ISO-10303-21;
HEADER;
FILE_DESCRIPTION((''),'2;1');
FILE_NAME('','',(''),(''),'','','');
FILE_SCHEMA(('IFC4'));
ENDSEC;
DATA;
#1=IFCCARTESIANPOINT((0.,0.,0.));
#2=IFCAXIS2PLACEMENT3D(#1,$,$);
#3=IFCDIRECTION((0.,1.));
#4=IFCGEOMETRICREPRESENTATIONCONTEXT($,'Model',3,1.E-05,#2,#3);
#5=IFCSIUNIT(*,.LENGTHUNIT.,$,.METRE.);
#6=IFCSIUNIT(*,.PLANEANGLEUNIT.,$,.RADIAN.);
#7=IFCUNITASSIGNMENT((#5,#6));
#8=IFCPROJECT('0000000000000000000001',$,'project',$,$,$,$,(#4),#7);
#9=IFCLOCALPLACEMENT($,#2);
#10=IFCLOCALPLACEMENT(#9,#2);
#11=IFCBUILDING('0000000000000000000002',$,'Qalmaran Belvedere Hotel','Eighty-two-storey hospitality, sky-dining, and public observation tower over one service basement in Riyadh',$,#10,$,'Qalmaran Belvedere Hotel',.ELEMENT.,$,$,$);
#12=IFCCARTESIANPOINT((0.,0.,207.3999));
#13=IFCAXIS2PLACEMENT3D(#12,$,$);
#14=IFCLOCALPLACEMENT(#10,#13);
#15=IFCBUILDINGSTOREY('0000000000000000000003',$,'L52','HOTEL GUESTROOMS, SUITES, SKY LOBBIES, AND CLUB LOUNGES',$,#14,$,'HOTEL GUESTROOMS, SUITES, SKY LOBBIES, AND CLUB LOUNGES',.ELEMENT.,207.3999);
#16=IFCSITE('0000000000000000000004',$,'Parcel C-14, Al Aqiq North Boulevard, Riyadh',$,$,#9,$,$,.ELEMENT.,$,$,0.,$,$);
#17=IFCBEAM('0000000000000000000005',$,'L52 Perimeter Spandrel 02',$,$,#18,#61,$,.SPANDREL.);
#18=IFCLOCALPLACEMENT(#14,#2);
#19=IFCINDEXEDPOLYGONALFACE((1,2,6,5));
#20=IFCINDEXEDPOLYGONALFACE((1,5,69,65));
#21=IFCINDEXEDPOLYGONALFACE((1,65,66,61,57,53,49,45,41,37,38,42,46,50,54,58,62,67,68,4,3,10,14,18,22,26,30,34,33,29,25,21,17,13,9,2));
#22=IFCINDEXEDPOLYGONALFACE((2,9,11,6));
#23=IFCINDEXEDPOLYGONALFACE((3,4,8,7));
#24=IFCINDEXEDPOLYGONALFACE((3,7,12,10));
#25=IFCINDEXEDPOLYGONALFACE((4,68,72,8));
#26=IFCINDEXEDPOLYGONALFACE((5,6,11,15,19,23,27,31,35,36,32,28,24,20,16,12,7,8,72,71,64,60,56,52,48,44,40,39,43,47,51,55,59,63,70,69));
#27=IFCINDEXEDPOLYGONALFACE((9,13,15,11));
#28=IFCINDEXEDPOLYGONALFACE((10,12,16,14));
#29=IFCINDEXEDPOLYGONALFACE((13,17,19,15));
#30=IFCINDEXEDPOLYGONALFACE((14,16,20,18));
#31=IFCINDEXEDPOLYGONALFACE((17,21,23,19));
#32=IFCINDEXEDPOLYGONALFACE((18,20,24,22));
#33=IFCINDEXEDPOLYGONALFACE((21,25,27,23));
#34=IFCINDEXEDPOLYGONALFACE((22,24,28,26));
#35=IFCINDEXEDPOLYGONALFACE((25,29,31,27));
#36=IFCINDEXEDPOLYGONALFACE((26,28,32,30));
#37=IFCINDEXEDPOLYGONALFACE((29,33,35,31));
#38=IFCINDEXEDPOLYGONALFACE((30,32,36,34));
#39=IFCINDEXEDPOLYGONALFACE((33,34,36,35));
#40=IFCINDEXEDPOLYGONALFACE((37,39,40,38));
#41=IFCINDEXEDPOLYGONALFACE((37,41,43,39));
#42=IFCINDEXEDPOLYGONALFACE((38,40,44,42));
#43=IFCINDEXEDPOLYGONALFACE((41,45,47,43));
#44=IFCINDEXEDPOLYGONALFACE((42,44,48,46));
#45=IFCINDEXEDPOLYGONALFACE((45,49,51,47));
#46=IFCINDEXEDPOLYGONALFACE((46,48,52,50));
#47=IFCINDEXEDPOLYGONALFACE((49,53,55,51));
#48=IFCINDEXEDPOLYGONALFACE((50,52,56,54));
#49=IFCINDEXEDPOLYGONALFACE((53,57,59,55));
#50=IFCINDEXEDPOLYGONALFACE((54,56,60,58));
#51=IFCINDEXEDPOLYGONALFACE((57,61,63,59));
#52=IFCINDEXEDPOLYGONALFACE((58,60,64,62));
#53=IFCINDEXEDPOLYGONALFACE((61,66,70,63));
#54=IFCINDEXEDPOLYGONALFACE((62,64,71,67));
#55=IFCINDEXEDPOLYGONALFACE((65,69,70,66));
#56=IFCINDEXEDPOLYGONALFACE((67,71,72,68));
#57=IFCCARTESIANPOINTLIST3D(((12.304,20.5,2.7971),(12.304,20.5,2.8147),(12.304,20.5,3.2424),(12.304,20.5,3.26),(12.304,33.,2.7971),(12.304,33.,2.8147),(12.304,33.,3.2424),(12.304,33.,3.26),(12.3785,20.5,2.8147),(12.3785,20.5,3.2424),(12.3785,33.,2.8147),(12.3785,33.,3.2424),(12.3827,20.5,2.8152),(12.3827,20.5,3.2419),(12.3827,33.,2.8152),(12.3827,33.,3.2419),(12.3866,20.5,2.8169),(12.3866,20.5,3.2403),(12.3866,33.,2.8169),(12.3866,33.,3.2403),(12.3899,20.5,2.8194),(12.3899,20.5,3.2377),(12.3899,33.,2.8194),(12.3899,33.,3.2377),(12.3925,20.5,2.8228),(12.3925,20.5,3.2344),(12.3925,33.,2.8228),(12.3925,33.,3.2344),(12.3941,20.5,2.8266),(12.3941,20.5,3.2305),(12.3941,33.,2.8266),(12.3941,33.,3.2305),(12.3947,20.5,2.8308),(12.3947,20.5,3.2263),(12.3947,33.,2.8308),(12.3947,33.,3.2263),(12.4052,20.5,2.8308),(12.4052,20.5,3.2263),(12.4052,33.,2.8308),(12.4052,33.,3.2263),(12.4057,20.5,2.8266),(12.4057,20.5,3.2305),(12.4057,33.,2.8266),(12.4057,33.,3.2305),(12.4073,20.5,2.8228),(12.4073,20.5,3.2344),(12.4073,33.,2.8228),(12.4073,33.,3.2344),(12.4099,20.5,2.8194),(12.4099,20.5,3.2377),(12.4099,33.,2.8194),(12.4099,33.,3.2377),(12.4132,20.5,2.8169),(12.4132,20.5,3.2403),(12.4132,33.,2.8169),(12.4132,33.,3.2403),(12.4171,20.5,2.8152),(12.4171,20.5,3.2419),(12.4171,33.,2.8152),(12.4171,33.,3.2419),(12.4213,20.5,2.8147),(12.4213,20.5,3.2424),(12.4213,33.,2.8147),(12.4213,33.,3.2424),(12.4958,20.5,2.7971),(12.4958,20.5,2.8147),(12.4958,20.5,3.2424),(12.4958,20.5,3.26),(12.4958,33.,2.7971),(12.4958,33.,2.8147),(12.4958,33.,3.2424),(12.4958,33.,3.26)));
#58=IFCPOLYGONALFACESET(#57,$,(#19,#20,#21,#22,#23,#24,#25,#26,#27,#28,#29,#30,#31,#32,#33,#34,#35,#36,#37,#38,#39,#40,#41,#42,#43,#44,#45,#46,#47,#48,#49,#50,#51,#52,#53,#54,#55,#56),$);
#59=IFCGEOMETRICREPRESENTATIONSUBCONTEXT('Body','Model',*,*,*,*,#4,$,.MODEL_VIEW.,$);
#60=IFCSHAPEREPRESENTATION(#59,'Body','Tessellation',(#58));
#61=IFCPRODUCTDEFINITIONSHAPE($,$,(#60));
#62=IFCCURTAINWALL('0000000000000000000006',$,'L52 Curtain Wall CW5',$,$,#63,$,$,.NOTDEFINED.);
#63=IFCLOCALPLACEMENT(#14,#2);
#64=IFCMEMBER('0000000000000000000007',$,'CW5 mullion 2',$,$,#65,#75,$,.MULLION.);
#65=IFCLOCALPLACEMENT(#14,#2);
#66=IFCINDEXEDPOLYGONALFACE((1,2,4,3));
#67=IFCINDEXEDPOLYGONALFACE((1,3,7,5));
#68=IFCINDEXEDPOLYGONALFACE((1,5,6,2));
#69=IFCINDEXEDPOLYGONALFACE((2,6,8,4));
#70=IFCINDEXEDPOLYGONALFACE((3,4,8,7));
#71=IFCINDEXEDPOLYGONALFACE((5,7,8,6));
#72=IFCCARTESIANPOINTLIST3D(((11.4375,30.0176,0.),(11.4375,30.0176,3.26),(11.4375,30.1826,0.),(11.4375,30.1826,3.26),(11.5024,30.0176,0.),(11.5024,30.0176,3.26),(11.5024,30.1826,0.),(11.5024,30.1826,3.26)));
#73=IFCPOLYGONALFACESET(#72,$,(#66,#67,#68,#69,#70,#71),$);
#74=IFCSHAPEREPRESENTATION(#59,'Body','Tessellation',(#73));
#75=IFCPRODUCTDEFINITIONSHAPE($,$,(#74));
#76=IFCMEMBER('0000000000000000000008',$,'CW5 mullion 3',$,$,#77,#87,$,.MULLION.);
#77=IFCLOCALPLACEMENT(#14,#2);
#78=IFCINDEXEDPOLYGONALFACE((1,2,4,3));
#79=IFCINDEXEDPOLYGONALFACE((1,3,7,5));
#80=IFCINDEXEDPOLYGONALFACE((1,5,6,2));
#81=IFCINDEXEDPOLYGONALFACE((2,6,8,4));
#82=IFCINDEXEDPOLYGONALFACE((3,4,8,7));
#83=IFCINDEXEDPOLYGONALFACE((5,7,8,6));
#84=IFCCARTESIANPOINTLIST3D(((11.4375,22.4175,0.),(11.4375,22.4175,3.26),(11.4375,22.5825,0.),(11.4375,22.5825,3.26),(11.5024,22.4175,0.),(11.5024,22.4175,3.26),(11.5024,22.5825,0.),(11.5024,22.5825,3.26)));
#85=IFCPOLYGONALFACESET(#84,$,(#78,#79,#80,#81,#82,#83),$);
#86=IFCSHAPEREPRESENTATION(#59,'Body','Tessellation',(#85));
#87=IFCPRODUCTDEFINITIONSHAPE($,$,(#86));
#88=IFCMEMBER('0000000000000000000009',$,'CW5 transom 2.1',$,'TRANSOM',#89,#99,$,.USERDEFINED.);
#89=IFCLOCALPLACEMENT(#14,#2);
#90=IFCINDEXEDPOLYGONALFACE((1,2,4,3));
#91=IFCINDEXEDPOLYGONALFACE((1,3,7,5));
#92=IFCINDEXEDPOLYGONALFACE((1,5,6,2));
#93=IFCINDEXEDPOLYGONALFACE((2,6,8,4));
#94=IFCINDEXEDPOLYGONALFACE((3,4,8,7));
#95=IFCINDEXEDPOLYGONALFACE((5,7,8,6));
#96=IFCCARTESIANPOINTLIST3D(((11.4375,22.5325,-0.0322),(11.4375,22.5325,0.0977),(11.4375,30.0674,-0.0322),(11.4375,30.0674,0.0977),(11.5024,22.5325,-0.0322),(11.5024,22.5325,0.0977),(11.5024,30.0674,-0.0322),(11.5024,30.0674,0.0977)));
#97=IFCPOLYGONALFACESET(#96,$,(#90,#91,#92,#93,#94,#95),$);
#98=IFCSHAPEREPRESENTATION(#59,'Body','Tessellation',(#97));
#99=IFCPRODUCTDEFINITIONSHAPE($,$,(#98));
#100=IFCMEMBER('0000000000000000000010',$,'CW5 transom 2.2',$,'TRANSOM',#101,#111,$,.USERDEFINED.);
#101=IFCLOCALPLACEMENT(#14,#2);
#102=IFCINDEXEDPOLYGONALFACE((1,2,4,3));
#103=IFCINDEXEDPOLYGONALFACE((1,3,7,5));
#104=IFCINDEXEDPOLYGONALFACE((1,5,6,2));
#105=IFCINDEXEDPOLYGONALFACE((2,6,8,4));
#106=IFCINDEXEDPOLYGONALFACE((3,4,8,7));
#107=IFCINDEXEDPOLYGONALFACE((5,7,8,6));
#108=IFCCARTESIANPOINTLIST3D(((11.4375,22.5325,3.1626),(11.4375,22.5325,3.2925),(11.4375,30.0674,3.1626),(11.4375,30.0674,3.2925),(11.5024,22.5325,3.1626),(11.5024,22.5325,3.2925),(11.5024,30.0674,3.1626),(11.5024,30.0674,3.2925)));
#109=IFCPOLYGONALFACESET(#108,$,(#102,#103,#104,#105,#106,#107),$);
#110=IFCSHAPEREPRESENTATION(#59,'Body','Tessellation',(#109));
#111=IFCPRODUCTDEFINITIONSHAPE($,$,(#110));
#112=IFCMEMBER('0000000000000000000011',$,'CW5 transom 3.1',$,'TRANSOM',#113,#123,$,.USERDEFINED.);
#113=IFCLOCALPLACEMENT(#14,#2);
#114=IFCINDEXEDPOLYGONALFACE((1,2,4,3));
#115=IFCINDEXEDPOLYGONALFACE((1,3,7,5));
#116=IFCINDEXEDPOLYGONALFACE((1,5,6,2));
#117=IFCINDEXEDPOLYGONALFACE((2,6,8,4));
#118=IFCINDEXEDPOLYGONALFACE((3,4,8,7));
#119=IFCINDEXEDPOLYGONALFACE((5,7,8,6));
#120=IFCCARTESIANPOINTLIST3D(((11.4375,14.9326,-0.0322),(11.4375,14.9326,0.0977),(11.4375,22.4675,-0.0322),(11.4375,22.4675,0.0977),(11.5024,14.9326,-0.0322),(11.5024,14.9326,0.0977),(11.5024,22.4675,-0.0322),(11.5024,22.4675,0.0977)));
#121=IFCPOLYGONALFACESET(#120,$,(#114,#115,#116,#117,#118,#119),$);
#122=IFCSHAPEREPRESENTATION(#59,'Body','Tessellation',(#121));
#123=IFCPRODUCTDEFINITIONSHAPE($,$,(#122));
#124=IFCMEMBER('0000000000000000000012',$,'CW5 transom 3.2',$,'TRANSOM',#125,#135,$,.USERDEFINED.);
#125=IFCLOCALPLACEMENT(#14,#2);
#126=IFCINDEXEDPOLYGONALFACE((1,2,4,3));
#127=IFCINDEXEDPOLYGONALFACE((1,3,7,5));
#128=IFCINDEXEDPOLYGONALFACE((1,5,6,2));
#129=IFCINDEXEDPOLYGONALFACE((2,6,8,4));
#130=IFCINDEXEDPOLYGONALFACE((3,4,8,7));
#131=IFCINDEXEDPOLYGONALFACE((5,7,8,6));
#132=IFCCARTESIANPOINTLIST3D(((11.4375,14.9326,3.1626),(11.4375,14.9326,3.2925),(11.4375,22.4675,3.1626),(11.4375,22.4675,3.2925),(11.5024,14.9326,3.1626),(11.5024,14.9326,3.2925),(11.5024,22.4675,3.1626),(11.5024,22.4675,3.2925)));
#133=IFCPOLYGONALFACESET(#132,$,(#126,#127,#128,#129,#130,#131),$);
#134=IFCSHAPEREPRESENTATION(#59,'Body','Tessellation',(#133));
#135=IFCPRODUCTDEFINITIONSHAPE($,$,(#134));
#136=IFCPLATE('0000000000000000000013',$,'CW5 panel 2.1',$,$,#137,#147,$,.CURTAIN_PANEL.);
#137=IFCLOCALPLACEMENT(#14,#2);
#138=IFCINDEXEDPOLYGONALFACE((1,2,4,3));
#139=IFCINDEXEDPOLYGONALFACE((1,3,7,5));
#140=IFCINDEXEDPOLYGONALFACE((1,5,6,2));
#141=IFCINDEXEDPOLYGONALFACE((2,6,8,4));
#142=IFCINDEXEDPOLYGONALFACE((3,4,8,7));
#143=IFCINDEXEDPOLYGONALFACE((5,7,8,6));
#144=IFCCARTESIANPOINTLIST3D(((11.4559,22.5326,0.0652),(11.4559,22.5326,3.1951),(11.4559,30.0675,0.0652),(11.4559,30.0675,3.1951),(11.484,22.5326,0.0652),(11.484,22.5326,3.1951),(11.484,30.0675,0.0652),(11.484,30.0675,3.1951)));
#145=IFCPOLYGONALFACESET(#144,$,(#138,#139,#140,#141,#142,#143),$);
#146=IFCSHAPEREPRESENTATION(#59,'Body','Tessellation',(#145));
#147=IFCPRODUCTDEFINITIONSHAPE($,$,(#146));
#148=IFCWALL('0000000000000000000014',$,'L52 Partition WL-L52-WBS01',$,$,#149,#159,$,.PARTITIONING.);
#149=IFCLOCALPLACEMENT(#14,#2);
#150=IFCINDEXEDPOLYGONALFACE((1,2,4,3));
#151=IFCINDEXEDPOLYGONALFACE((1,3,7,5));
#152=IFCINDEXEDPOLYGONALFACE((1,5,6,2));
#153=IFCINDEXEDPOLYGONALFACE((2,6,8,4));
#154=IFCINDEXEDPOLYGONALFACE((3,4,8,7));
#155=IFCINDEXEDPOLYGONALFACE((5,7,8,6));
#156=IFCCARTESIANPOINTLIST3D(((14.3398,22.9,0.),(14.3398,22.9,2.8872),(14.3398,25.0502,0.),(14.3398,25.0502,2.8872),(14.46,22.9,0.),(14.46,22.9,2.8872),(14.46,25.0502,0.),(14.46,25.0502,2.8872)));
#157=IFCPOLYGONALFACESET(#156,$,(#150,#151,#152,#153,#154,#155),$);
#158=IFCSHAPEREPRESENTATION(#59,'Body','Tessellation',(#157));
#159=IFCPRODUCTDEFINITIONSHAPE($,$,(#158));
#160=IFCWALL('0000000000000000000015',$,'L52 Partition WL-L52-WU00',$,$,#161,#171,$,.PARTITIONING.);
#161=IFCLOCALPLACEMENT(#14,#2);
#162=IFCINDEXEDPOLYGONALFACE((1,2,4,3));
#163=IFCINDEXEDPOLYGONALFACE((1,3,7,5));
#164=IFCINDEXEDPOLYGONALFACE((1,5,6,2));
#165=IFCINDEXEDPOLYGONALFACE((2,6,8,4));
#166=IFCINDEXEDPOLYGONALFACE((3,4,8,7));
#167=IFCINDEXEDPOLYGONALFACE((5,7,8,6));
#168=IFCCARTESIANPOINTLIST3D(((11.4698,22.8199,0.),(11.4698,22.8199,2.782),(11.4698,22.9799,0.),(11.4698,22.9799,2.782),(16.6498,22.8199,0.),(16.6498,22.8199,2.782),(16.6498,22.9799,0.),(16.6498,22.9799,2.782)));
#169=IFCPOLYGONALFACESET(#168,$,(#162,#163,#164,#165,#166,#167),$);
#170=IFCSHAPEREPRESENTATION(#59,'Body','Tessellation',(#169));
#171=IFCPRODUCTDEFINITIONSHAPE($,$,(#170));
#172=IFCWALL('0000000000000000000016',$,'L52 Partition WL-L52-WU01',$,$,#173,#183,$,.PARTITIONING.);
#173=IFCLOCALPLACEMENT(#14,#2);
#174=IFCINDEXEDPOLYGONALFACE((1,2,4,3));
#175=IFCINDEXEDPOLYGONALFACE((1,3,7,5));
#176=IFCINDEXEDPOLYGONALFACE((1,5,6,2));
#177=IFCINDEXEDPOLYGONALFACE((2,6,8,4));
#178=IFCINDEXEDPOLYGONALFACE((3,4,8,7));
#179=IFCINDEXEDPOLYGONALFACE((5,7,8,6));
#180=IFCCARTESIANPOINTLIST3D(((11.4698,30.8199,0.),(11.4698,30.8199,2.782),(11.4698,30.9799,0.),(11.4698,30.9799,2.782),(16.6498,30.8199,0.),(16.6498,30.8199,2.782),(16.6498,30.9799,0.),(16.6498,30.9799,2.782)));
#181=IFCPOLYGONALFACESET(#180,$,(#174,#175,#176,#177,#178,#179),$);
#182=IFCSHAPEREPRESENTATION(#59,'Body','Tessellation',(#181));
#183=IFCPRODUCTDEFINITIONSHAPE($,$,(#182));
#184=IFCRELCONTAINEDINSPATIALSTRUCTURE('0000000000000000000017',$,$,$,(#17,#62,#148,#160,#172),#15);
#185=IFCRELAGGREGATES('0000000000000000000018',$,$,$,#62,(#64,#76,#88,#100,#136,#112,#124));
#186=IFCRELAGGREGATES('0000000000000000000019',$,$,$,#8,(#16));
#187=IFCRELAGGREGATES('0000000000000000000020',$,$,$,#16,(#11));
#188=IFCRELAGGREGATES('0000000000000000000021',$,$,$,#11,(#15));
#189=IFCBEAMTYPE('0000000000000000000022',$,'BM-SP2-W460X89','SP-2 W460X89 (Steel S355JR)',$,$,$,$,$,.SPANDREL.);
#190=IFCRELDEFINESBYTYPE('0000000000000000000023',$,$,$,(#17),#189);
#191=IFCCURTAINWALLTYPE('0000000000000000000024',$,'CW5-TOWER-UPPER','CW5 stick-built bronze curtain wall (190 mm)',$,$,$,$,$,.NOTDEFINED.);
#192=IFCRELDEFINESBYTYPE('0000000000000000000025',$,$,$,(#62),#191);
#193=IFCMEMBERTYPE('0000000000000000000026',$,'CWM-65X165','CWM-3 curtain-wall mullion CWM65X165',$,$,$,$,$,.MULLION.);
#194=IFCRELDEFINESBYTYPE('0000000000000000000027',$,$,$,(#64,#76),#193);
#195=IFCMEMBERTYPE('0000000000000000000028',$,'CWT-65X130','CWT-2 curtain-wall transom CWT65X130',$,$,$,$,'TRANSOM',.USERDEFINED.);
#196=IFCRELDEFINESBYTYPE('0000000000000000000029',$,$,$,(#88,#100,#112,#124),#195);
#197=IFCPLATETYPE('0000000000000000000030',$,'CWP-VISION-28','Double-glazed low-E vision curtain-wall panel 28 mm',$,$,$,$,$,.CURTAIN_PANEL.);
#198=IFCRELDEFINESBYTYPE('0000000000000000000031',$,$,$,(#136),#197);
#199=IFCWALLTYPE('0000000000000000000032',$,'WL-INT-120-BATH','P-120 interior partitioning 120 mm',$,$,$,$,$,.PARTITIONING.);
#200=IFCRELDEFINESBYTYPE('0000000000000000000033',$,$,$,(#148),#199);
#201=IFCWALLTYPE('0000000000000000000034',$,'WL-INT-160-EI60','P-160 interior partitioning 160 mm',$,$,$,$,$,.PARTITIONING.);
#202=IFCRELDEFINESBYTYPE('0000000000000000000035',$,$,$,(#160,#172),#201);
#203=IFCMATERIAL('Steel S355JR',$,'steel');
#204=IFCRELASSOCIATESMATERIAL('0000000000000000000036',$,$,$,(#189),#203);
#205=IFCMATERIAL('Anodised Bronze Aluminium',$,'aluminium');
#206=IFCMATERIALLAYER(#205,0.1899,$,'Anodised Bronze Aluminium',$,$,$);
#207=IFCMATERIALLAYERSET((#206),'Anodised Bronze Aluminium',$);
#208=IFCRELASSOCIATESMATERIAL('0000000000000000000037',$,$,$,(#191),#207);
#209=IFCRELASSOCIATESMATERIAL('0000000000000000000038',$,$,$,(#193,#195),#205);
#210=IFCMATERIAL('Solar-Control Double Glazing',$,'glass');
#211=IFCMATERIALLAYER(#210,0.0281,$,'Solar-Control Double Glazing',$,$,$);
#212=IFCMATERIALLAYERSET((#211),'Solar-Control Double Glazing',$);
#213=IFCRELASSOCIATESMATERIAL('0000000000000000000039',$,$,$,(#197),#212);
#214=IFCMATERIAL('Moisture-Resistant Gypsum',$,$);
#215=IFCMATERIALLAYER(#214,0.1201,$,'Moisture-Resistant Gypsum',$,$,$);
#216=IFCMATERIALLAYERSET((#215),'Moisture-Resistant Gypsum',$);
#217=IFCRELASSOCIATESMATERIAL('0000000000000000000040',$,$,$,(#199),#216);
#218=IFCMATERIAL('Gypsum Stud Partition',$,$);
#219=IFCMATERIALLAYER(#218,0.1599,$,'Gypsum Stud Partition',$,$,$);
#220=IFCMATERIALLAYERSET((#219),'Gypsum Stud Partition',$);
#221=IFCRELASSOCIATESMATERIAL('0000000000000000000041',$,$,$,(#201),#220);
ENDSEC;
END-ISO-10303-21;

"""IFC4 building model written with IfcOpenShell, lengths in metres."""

from ifc_helpers import new_model, si_unit, direction, frame, frame_2d, origin, origin_2d, place, context, subcontext, project, spatial, rectangle, i_section, extrude, material, layer, layer_set, material_profile, profile_set, type_object, element, aggregate, save


model = new_model("IFC4")

# Units and contexts
model_context = context("Model", 3, precision=1e-05, world=origin(), true_north=direction((0.0, 1.0)))
body_context = subcontext(model_context, "Body", "Model", "MODEL_VIEW")
ifc_project = project(units=[si_unit("LENGTHUNIT", "METRE"), si_unit("PLANEANGLEUNIT", "RADIAN")], contexts=[model_context])

# Site, building, storey
site_placement = place(None, origin())
site = spatial("IfcSite", under=ifc_project, at=site_placement, Name="Parcel C-14, Al Aqiq North Boulevard, Riyadh", CompositionType="ELEMENT", RefElevation=0.0)
building_placement = place(site_placement, origin())
building = spatial("IfcBuilding", under=site, at=building_placement, Name="Qalmaran Belvedere Hotel", Description="Eighty-two-storey hospitality, sky-dining, and public observation tower over one service basement in Riyadh", LongName="Qalmaran Belvedere Hotel", CompositionType="ELEMENT")
storey_placement = place(building_placement, frame((0.0, 0.0, 207.3999)))
storey = spatial("IfcBuildingStorey", under=building, at=storey_placement, Name="L52", Description="HOTEL GUESTROOMS, SUITES, SKY LOBBIES, AND CLUB LOUNGES", LongName="HOTEL GUESTROOMS, SUITES, SKY LOBBIES, AND CLUB LOUNGES", CompositionType="ELEMENT", Elevation=207.3999)

# Beam
ifc_material_1 = material(Name="Steel S355JR", Category="steel")
ifc_material_profile_1 = material_profile(ifc_material_1, i_section(OverallWidth=0.1919, OverallDepth=0.4629, WebThickness=0.0105, FlangeThickness=0.0176, FilletRadius=0.0161, at=origin_2d()), Name="W460X89")
ifc_profile_set_1 = profile_set([ifc_material_profile_1], Name="Steel S355JR")
beam_type_1 = type_object("IfcBeamType", Name="BM-SP2-W460X89", Description="SP-2 W460X89 (Steel S355JR)", PredefinedType="SPANDREL", material=ifc_profile_set_1)
beam_1_placement = place(storey_placement, frame((12.3999, 20.5, 3.0286), z_axis=(0.0, 1.0, 0.0), x_axis=(-1.0, 0.0, 0.0)))
element("IfcBeam", 1, at=beam_1_placement, inside=storey, type_object=beam_type_1, Name="L52 Perimeter Spandrel 02", PredefinedType="SPANDREL", context=body_context, shape_type="SweptSolid", body=[
    extrude(i_section(OverallWidth=0.1919, OverallDepth=0.4629, WebThickness=0.0105, FlangeThickness=0.0176, FilletRadius=0.0161, at=origin_2d()), origin(), (0.0, 0.0, 1.0), 12.5),
])

# Curtain wall, members, plate
ifc_material_2 = material(Name="Anodised Bronze Aluminium", Category="aluminium")
ifc_layer_1 = layer(ifc_material_2, 0.1899, Name="Anodised Bronze Aluminium")
ifc_layer_set_1 = layer_set([ifc_layer_1], Name="Anodised Bronze Aluminium")
curtain_wall_type = type_object("IfcCurtainWallType", Name="CW5-TOWER-UPPER", Description="CW5 stick-built bronze curtain wall (190 mm)", PredefinedType="NOTDEFINED", material=ifc_layer_set_1)
curtain_wall_placement = place(storey_placement, origin())
curtain_wall = element("IfcCurtainWall", 2, at=curtain_wall_placement, inside=storey, type_object=curtain_wall_type, Name="L52 Curtain Wall CW5", PredefinedType="NOTDEFINED")
ifc_material_profile_2 = material_profile(ifc_material_2, rectangle(XDim=0.0649, YDim=0.165, at=origin_2d()), Name="CWM65X165")
ifc_profile_set_2 = profile_set([ifc_material_profile_2], Name="Anodised Bronze Aluminium")
member_type_1 = type_object("IfcMemberType", Name="CWM-65X165", Description="CWM-3 curtain-wall mullion CWM65X165", PredefinedType="MULLION", material=ifc_profile_set_2)
member_1_placement = place(storey_placement, frame((11.47, 30.1001, 0.0), z_axis=(0.0, 0.0, 1.0), x_axis=(1.0, 0.0, 0.0)))
member_1 = element("IfcMember", 3, at=member_1_placement, type_object=member_type_1, Name="CW5 mullion 2", PredefinedType="MULLION", context=body_context, shape_type="SweptSolid", body=[
    extrude(rectangle(XDim=0.0649, YDim=0.165, at=origin_2d()), origin(), (0.0, 0.0, 1.0), 3.26),
])
member_2_placement = place(storey_placement, frame((11.47, 22.5, 0.0), z_axis=(0.0, 0.0, 1.0), x_axis=(1.0, 0.0, 0.0)))
member_2 = element("IfcMember", 4, at=member_2_placement, type_object=member_type_1, Name="CW5 mullion 3", PredefinedType="MULLION", context=body_context, shape_type="SweptSolid", body=[
    extrude(rectangle(XDim=0.0649, YDim=0.165, at=origin_2d()), origin(), (0.0, 0.0, 1.0), 3.26),
])
ifc_material_profile_3 = material_profile(ifc_material_2, rectangle(XDim=0.0649, YDim=0.1299, at=origin_2d()), Name="CWT65X130")
ifc_profile_set_3 = profile_set([ifc_material_profile_3], Name="Anodised Bronze Aluminium")
member_type_2 = type_object("IfcMemberType", Name="CWT-65X130", Description="CWT-2 curtain-wall transom CWT65X130", ElementType="TRANSOM", PredefinedType="USERDEFINED", material=ifc_profile_set_3)
member_3_placement = place(storey_placement, frame((11.47, 30.0674, 0.0327), z_axis=(0.0, -1.0, 0.0), x_axis=(1.0, 0.0, 0.0)))
member_3 = element("IfcMember", 5, at=member_3_placement, type_object=member_type_2, Name="CW5 transom 2.1", ObjectType="TRANSOM", PredefinedType="USERDEFINED", context=body_context, shape_type="SweptSolid", body=[
    extrude(rectangle(XDim=0.0649, YDim=0.1299, at=origin_2d()), origin(), (0.0, 0.0, 1.0), 7.5349),
])
member_4_placement = place(storey_placement, frame((11.47, 30.0674, 3.2275), z_axis=(0.0, -1.0, 0.0), x_axis=(1.0, 0.0, 0.0)))
member_4 = element("IfcMember", 6, at=member_4_placement, type_object=member_type_2, Name="CW5 transom 2.2", ObjectType="TRANSOM", PredefinedType="USERDEFINED", context=body_context, shape_type="SweptSolid", body=[
    extrude(rectangle(XDim=0.0649, YDim=0.1299, at=origin_2d()), origin(), (0.0, 0.0, 1.0), 7.5349),
])
member_5_placement = place(storey_placement, frame((11.47, 22.4675, 0.0327), z_axis=(0.0, -1.0, 0.0), x_axis=(1.0, 0.0, 0.0)))
member_5 = element("IfcMember", 7, at=member_5_placement, type_object=member_type_2, Name="CW5 transom 3.1", ObjectType="TRANSOM", PredefinedType="USERDEFINED", context=body_context, shape_type="SweptSolid", body=[
    extrude(rectangle(XDim=0.0649, YDim=0.1299, at=origin_2d()), origin(), (0.0, 0.0, 1.0), 7.5349),
])
member_6_placement = place(storey_placement, frame((11.47, 22.4675, 3.2275), z_axis=(0.0, -1.0, 0.0), x_axis=(1.0, 0.0, 0.0)))
member_6 = element("IfcMember", 8, at=member_6_placement, type_object=member_type_2, Name="CW5 transom 3.2", ObjectType="TRANSOM", PredefinedType="USERDEFINED", context=body_context, shape_type="SweptSolid", body=[
    extrude(rectangle(XDim=0.0649, YDim=0.1299, at=origin_2d()), origin(), (0.0, 0.0, 1.0), 7.5349),
])
ifc_material_3 = material(Name="Solar-Control Double Glazing", Category="glass")
ifc_layer_2 = layer(ifc_material_3, 0.0281, Name="Solar-Control Double Glazing")
ifc_layer_set_2 = layer_set([ifc_layer_2], Name="Solar-Control Double Glazing")
plate_type = type_object("IfcPlateType", Name="CWP-VISION-28", Description="Double-glazed low-E vision curtain-wall panel 28 mm", PredefinedType="CURTAIN_PANEL", material=ifc_layer_set_2)
plate_placement = place(storey_placement, frame((11.47, 26.3, 0.0652), z_axis=(0.0, 0.0, 1.0), x_axis=(0.0, -1.0, 0.0)))
plate = element("IfcPlate", 9, at=plate_placement, type_object=plate_type, Name="CW5 panel 2.1", PredefinedType="CURTAIN_PANEL", context=body_context, shape_type="SweptSolid", body=[
    extrude(rectangle(XDim=7.5349, YDim=0.0281, at=origin_2d()), origin(), (0.0, 0.0, 1.0), 3.1299),
])
aggregate(curtain_wall, [member_1, member_2, member_3, member_4, plate, member_5, member_6])

# Walls
ifc_material_4 = material(Name="Moisture-Resistant Gypsum")
ifc_layer_3 = layer(ifc_material_4, 0.1201, Name="Moisture-Resistant Gypsum")
ifc_layer_set_3 = layer_set([ifc_layer_3], Name="Moisture-Resistant Gypsum")
wall_type_1 = type_object("IfcWallType", Name="WL-INT-120-BATH", Description="P-120 interior partitioning 120 mm", PredefinedType="PARTITIONING", material=ifc_layer_set_3)
wall_1_placement = place(storey_placement, frame((14.3999, 22.8999, 0.0), z_axis=(0.0, 0.0, 1.0), x_axis=(0.0, 1.0, 0.0)))
element("IfcWall", 10, at=wall_1_placement, inside=storey, type_object=wall_type_1, Name="L52 Partition WL-L52-WBS01", PredefinedType="PARTITIONING", context=body_context, shape_type="SweptSolid", body=[
    extrude(rectangle(XDim=2.1501, YDim=0.1201, at=frame_2d((1.0752, 0.0))), origin(), (0.0, 0.0, 1.0), 2.8872),
])
ifc_material_5 = material(Name="Gypsum Stud Partition")
ifc_layer_4 = layer(ifc_material_5, 0.1599, Name="Gypsum Stud Partition")
ifc_layer_set_4 = layer_set([ifc_layer_4], Name="Gypsum Stud Partition")
wall_type_2 = type_object("IfcWallType", Name="WL-INT-160-EI60", Description="P-160 interior partitioning 160 mm", PredefinedType="PARTITIONING", material=ifc_layer_set_4)
for number, where, z_axis, x_axis, name in (
    (11, (11.47, 22.8999, 0.0), (0.0, 0.0, 1.0), (1.0, 0.0, 0.0), "L52 Partition WL-L52-WU00"),
    (12, (11.47, 30.8999, 0.0), (0.0, 0.0, 1.0), (1.0, 0.0, 0.0), "L52 Partition WL-L52-WU01"),
):
    element("IfcWall", number, at=place(storey_placement, frame(where, z_axis=z_axis, x_axis=x_axis)), inside=storey, type_object=wall_type_2, Name=name, PredefinedType="PARTITIONING", context=body_context, shape_type="SweptSolid", body=[
        extrude(rectangle(XDim=5.1799, YDim=0.1599, at=frame_2d((2.5898, 0.0))), origin(), (0.0, 0.0, 1.0), 2.782),
    ])

save(model, "model.ifc")
